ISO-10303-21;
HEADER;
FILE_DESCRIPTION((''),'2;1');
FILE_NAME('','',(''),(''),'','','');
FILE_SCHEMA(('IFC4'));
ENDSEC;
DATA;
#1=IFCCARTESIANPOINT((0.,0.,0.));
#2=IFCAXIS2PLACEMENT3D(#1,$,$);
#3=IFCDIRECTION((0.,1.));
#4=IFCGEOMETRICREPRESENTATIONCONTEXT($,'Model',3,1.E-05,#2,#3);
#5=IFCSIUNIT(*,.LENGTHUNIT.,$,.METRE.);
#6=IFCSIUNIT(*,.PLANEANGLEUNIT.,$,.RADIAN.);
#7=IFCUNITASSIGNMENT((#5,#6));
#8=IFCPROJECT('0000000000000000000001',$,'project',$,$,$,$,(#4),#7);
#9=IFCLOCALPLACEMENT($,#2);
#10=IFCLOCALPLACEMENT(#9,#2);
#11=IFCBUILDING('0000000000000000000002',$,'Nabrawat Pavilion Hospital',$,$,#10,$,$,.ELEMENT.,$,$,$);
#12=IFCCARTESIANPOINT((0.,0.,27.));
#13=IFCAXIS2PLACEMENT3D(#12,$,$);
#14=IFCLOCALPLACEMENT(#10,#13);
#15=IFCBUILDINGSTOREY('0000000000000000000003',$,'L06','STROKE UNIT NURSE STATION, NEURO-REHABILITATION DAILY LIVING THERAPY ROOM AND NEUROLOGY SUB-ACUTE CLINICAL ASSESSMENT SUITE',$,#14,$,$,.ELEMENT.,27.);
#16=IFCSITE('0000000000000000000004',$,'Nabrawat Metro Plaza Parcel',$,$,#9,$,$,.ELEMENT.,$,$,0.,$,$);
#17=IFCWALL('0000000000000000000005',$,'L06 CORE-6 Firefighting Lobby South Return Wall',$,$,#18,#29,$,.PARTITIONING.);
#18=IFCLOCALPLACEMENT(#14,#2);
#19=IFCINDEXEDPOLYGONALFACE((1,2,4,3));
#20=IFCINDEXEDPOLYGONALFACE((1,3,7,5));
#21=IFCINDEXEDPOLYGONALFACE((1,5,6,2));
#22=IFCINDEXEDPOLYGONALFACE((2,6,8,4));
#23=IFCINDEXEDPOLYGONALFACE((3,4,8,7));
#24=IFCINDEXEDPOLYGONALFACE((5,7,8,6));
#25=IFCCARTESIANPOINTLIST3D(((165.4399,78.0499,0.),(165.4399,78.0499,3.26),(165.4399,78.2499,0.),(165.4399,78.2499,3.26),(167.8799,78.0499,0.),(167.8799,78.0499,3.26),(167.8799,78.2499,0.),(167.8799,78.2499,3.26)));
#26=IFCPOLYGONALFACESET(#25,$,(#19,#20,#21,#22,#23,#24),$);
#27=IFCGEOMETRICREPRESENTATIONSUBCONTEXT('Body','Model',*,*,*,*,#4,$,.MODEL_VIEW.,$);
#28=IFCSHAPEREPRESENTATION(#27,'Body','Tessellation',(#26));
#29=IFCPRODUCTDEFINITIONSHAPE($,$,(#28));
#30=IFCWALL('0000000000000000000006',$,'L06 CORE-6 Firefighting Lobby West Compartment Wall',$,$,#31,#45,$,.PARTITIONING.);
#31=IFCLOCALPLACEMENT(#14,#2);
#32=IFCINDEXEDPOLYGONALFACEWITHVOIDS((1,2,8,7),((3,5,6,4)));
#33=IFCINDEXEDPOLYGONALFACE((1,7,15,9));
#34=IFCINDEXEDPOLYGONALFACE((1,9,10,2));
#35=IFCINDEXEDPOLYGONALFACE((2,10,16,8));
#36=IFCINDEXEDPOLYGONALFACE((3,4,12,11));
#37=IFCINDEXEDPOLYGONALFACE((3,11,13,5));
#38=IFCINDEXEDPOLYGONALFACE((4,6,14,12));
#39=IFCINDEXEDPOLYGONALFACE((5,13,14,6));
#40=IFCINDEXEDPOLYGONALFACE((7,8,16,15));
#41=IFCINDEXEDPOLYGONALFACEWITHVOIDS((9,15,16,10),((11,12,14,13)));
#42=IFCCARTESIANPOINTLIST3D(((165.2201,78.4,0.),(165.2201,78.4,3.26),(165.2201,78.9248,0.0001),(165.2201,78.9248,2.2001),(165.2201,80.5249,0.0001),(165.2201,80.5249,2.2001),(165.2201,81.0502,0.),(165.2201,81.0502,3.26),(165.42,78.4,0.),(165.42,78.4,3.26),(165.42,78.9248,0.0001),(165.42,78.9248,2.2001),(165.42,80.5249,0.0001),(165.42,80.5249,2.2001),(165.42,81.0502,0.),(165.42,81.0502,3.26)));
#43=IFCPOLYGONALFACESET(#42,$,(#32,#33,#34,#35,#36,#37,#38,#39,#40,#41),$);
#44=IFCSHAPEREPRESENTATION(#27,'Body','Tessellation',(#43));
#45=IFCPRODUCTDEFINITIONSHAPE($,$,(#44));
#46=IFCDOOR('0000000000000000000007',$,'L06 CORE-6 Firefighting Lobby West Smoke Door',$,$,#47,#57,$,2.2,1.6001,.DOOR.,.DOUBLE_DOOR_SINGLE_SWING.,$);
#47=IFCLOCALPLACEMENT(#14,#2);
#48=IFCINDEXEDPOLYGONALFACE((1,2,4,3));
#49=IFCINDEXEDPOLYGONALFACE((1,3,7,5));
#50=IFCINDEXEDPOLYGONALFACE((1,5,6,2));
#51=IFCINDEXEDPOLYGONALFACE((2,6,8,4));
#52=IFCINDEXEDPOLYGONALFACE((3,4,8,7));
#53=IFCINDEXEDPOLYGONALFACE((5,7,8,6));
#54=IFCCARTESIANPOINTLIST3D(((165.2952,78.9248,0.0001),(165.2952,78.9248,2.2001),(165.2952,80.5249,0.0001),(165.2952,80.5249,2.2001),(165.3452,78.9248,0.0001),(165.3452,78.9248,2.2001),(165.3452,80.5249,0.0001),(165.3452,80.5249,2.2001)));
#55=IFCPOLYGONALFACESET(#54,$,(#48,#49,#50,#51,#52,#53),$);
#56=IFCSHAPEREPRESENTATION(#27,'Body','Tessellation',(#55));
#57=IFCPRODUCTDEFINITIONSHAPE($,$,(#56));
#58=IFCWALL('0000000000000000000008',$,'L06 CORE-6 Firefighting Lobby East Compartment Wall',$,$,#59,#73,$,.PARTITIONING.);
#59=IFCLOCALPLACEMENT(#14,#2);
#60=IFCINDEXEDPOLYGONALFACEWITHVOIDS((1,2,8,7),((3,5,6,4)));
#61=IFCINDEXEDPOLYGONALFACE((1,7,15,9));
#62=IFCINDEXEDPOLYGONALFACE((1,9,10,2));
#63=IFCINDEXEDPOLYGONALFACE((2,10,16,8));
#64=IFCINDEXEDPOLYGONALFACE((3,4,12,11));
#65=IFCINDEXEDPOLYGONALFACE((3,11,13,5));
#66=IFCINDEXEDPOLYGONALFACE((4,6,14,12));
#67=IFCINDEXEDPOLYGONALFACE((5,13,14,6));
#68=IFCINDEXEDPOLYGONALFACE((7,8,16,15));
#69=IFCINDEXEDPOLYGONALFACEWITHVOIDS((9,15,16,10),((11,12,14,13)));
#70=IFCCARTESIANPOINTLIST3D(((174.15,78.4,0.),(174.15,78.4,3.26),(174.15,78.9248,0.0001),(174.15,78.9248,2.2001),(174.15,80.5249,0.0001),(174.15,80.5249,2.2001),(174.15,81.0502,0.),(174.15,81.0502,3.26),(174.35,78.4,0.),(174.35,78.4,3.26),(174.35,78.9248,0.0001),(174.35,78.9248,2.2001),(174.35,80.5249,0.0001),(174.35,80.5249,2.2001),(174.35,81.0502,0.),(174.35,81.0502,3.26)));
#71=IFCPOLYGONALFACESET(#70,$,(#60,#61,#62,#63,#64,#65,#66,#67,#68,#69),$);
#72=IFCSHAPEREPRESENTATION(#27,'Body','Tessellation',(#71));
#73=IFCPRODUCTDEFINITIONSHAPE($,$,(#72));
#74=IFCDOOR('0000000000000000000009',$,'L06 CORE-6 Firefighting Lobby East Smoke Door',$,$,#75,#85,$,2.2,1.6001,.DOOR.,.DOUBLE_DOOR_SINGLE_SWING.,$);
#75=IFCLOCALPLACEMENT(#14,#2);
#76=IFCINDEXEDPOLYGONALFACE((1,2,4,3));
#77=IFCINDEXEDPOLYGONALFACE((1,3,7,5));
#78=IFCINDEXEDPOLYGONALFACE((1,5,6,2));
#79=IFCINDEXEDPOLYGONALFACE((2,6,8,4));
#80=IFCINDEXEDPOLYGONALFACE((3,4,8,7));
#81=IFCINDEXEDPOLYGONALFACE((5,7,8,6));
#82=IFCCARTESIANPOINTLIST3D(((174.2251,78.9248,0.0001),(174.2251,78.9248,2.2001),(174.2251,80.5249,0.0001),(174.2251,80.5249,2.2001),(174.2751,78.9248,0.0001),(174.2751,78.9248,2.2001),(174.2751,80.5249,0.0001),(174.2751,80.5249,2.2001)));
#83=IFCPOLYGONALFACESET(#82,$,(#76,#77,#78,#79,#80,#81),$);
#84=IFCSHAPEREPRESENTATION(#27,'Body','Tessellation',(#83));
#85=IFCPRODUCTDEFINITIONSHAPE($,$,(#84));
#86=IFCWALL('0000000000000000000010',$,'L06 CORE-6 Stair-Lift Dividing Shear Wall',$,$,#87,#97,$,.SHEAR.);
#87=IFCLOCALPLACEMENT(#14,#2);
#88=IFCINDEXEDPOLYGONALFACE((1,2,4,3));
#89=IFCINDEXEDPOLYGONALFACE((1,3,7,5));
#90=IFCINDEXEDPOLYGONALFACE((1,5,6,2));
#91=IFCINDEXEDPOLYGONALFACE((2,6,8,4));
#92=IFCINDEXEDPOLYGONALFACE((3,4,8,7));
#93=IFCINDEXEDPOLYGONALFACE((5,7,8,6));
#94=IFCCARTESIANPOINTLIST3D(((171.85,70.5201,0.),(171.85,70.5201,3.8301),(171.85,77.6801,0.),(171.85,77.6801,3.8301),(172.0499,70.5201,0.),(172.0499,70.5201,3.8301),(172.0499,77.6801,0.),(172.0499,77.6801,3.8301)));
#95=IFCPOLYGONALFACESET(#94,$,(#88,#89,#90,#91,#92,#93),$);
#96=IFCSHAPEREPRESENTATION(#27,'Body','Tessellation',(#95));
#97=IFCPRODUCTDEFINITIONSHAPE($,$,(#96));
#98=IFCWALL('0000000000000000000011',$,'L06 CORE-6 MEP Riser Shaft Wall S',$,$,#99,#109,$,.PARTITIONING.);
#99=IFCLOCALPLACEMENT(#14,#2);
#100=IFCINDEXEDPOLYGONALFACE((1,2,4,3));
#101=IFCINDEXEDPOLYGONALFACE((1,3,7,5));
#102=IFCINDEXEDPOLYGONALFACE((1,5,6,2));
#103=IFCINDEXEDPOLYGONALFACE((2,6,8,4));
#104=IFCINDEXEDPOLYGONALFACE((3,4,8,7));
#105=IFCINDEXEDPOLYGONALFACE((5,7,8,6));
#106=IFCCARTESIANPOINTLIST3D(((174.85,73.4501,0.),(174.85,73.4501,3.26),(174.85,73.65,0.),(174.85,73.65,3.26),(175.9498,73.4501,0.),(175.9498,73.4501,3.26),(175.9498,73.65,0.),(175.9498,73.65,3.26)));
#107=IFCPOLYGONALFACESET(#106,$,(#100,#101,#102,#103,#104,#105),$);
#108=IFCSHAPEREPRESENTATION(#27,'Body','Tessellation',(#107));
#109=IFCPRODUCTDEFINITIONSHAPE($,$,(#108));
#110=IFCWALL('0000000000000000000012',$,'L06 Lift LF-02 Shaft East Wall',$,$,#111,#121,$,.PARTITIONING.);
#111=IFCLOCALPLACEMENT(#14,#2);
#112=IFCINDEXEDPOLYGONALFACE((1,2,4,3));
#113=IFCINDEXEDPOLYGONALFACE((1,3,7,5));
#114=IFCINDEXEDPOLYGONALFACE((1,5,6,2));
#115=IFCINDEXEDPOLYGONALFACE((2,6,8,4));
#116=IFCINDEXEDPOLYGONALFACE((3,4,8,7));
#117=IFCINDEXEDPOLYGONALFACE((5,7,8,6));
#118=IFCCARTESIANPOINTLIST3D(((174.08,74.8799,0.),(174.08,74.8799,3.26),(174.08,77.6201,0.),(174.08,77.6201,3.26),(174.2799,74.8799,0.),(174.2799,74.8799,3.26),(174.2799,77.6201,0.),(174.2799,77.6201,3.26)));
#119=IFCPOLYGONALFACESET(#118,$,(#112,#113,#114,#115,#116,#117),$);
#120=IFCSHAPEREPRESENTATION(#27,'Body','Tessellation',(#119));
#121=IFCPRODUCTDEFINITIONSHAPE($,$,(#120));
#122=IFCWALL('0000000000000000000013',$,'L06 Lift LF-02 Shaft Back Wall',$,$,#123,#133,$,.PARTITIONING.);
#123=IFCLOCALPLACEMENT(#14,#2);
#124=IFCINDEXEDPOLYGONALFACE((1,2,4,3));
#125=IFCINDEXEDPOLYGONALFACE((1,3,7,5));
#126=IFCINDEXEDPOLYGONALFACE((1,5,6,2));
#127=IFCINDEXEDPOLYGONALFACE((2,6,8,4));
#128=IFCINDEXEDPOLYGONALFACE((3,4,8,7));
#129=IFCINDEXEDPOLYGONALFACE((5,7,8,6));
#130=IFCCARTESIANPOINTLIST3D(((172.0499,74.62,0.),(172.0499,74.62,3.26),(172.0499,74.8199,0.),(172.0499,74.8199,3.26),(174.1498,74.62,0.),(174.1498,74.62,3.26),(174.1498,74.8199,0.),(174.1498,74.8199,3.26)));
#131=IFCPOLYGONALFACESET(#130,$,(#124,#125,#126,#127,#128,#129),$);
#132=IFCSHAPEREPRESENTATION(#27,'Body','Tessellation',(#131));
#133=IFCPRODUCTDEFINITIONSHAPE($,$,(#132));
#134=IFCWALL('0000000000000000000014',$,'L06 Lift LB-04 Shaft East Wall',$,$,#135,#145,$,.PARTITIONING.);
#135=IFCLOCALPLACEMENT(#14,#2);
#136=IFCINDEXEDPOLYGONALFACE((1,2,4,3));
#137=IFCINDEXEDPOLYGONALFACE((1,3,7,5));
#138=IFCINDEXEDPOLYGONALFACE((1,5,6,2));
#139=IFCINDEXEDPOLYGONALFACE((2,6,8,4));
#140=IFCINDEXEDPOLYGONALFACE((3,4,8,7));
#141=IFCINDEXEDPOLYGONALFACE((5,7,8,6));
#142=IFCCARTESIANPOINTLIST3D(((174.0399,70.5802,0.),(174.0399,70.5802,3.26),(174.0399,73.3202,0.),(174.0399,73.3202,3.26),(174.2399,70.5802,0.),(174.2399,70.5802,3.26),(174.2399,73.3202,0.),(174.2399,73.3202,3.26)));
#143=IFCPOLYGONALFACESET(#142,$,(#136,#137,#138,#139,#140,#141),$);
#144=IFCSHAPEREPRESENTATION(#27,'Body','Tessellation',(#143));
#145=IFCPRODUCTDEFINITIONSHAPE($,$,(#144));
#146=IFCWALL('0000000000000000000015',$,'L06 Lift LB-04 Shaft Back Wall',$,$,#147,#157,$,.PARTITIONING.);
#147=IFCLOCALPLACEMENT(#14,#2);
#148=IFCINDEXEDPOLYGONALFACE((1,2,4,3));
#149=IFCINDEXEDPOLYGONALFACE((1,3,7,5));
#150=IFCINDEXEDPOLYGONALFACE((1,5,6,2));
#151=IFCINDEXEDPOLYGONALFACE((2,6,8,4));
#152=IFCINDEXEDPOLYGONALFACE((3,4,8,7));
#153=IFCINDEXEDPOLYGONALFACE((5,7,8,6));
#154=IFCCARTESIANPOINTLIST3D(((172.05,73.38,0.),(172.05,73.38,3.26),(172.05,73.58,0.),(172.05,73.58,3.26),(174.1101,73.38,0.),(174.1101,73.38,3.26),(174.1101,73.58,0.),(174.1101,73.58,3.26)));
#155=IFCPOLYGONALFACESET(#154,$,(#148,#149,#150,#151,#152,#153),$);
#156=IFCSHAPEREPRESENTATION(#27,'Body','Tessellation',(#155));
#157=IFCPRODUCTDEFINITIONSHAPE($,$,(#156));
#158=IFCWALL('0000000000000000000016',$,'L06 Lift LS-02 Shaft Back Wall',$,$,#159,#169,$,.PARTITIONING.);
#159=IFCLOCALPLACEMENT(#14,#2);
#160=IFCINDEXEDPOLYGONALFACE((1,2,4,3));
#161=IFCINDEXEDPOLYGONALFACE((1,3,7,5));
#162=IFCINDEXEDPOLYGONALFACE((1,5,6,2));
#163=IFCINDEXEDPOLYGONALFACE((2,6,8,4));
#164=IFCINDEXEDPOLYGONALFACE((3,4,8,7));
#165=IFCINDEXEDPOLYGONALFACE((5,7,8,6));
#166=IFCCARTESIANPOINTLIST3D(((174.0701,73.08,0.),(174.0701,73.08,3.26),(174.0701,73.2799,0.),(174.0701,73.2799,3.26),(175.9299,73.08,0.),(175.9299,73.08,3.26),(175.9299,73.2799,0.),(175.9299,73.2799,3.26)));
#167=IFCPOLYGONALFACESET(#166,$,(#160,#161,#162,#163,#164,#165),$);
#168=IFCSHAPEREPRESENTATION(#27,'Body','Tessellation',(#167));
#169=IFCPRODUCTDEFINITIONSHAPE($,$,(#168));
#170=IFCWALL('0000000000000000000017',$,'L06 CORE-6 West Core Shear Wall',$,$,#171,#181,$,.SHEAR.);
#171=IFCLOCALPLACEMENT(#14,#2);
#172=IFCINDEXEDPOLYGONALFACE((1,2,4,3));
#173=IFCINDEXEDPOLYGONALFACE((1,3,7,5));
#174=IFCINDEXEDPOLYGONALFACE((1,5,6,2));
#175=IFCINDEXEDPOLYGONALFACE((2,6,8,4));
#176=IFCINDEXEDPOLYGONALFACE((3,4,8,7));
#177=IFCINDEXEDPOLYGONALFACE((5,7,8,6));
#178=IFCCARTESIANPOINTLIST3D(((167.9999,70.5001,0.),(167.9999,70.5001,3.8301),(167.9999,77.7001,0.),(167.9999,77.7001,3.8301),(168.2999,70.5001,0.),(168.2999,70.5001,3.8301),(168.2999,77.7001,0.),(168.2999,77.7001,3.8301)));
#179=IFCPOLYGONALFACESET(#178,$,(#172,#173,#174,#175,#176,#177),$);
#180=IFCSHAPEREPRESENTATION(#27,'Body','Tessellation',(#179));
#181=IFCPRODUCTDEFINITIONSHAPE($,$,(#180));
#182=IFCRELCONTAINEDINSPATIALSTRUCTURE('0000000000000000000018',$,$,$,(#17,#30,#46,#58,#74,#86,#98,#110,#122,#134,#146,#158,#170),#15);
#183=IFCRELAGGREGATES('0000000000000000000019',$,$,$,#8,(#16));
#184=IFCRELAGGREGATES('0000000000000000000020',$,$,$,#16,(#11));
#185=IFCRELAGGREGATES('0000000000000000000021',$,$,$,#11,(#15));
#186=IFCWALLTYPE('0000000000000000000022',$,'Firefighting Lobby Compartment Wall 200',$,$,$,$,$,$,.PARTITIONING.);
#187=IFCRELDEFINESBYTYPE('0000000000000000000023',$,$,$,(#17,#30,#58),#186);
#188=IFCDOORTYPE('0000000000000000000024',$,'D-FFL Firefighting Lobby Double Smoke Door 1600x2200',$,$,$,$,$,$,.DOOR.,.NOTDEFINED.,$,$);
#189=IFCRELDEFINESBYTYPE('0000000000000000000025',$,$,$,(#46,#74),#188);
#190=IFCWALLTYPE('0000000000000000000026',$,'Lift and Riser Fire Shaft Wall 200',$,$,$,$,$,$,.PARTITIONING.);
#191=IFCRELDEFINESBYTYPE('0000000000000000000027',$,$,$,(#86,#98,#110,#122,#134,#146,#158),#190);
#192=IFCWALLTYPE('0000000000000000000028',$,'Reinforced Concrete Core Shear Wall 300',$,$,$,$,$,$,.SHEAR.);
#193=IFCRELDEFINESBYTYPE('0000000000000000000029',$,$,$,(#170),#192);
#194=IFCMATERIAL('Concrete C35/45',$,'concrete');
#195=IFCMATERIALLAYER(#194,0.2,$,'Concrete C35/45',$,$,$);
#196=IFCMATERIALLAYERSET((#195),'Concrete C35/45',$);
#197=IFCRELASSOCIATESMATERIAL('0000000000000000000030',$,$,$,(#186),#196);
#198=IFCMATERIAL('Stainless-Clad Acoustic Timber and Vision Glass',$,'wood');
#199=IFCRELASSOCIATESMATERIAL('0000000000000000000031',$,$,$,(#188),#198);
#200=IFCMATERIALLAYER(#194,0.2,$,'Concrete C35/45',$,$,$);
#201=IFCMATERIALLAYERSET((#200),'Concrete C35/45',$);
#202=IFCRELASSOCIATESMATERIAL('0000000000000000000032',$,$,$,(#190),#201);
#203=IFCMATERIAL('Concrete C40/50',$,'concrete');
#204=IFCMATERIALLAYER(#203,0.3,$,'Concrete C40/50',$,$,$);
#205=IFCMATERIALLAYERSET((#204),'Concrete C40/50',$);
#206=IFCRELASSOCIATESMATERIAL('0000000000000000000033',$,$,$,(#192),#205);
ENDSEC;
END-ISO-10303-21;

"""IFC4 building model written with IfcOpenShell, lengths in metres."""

from ifc_helpers import new_model, si_unit, direction, frame, frame_2d, origin, place, context, subcontext, project, spatial, rectangle, extrude, material, layer, layer_set, type_object, element, fill, save


model = new_model("IFC4")

# Units and contexts
model_context = context("Model", 3, precision=1e-05, world=origin(), true_north=direction((0.0, 1.0)))
body_context = subcontext(model_context, "Body", "Model", "MODEL_VIEW")
ifc_project = project(units=[si_unit("LENGTHUNIT", "METRE"), si_unit("PLANEANGLEUNIT", "RADIAN")], contexts=[model_context])

# Site, building, storey
site_placement = place(None, origin())
site = spatial("IfcSite", under=ifc_project, at=site_placement, Name="Nabrawat Metro Plaza Parcel", CompositionType="ELEMENT", RefElevation=0.0)
building_placement = place(site_placement, origin())
building = spatial("IfcBuilding", under=site, at=building_placement, Name="Nabrawat Pavilion Hospital", CompositionType="ELEMENT")
storey_placement = place(building_placement, frame((0.0, 0.0, 27.0)))
storey = spatial("IfcBuildingStorey", under=building, at=storey_placement, Name="L06", Description="STROKE UNIT NURSE STATION, NEURO-REHABILITATION DAILY LIVING THERAPY ROOM AND NEUROLOGY SUB-ACUTE CLINICAL ASSESSMENT SUITE", CompositionType="ELEMENT", Elevation=27.0)

# Wall
ifc_material_1 = material(Name="Concrete C35/45", Category="concrete")
ifc_layer_1 = layer(ifc_material_1, 0.2, Name="Concrete C35/45")
ifc_layer_set_1 = layer_set([ifc_layer_1], Name="Concrete C35/45")
wall_type_1 = type_object("IfcWallType", Name="Firefighting Lobby Compartment Wall 200", PredefinedType="PARTITIONING", material=ifc_layer_set_1)
wall_1_placement = place(storey_placement, frame((165.4399, 78.1499, 0.0), z_axis=(0.0, 0.0, 1.0), x_axis=(1.0, 0.0, 0.0)))
element("IfcWall", 1, at=wall_1_placement, inside=storey, type_object=wall_type_1, Name="L06 CORE-6 Firefighting Lobby South Return Wall", PredefinedType="PARTITIONING", context=body_context, shape_type="SweptSolid", body=[
    extrude(rectangle(XDim=2.4399, YDim=0.2, at=frame_2d((1.22, 0.0))), origin(), (0.0, 0.0, 1.0), 3.26),
])

# Walls, openings, doors
wall_2_placement = place(storey_placement, frame((165.3201, 78.3999, 0.0), z_axis=(0.0, 0.0, 1.0), x_axis=(0.0, 1.0, 0.0)))
wall_2 = element("IfcWall", 2, at=wall_2_placement, inside=storey, type_object=wall_type_1, Name="L06 CORE-6 Firefighting Lobby West Compartment Wall", PredefinedType="PARTITIONING", context=body_context, shape_type="SweptSolid", body=[
    extrude(rectangle(XDim=2.6501, YDim=0.2, at=frame_2d((1.3252, 0.0))), origin(), (0.0, 0.0, 1.0), 3.26),
])
opening_1_placement = place(wall_2_placement, frame((0.5249, 0.0, 0.0)))
opening_1 = element("IfcOpeningElement", 3, at=opening_1_placement, cuts=wall_2, PredefinedType="OPENING", context=body_context, shape_type="SweptSolid", body=[
    extrude(rectangle(XDim=1.6001, YDim=2.2, at=frame_2d((0.8, 1.1001))), frame((0.0, 0.1099, 0.0), z_axis=(0.0, -1.0, 0.0), x_axis=(1.0, 0.0, 0.0)), (0.0, 0.0, 1.0), 0.22),
])
ifc_material_2 = material(Name="Stainless-Clad Acoustic Timber and Vision Glass", Category="wood")
door_type_1 = type_object("IfcDoorType", Name="D-FFL Firefighting Lobby Double Smoke Door 1600x2200", OperationType="NOTDEFINED", PredefinedType="DOOR", material=ifc_material_2)
door_1_placement = place(opening_1_placement, origin())
door_1 = element("IfcDoor", 4, at=door_1_placement, inside=storey, type_object=door_type_1, Name="L06 CORE-6 Firefighting Lobby West Smoke Door", OperationType="DOUBLE_DOOR_SINGLE_SWING", OverallHeight=2.2, OverallWidth=1.6001, PredefinedType="DOOR", context=body_context, shape_type="SweptSolid", body=[
    extrude(rectangle(XDim=1.6001, YDim=2.2, at=frame_2d((0.8, 1.1001))), frame((0.0, 0.0249, 0.0), z_axis=(0.0, -1.0, 0.0), x_axis=(1.0, 0.0, 0.0)), (0.0, 0.0, 1.0), 0.05),
])
fill(opening_1, door_1)
wall_3_placement = place(storey_placement, frame((174.25, 78.3999, 0.0), z_axis=(0.0, 0.0, 1.0), x_axis=(0.0, 1.0, 0.0)))
wall_3 = element("IfcWall", 5, at=wall_3_placement, inside=storey, type_object=wall_type_1, Name="L06 CORE-6 Firefighting Lobby East Compartment Wall", PredefinedType="PARTITIONING", context=body_context, shape_type="SweptSolid", body=[
    extrude(rectangle(XDim=2.6501, YDim=0.2, at=frame_2d((1.3252, 0.0))), origin(), (0.0, 0.0, 1.0), 3.26),
])
opening_2_placement = place(wall_3_placement, frame((0.5249, 0.0, 0.0)))
opening_2 = element("IfcOpeningElement", 6, at=opening_2_placement, cuts=wall_3, PredefinedType="OPENING", context=body_context, shape_type="SweptSolid", body=[
    extrude(rectangle(XDim=1.6001, YDim=2.2, at=frame_2d((0.8, 1.1001))), frame((0.0, 0.1099, 0.0), z_axis=(0.0, -1.0, 0.0), x_axis=(1.0, 0.0, 0.0)), (0.0, 0.0, 1.0), 0.22),
])
door_2_placement = place(opening_2_placement, origin())
door_2 = element("IfcDoor", 7, at=door_2_placement, inside=storey, type_object=door_type_1, Name="L06 CORE-6 Firefighting Lobby East Smoke Door", OperationType="DOUBLE_DOOR_SINGLE_SWING", OverallHeight=2.2, OverallWidth=1.6001, PredefinedType="DOOR", context=body_context, shape_type="SweptSolid", body=[
    extrude(rectangle(XDim=1.6001, YDim=2.2, at=frame_2d((0.8, 1.1001))), frame((0.0, 0.0249, 0.0), z_axis=(0.0, -1.0, 0.0), x_axis=(1.0, 0.0, 0.0)), (0.0, 0.0, 1.0), 0.05),
])
fill(opening_2, door_2)

# Walls
ifc_layer_2 = layer(ifc_material_1, 0.2, Name="Concrete C35/45")
ifc_layer_set_2 = layer_set([ifc_layer_2], Name="Concrete C35/45")
wall_type_2 = type_object("IfcWallType", Name="Lift and Riser Fire Shaft Wall 200", PredefinedType="PARTITIONING", material=ifc_layer_set_2)
wall_4_placement = place(storey_placement, frame((171.95, 70.52, 0.0), z_axis=(0.0, 0.0, 1.0), x_axis=(0.0, 1.0, 0.0)))
element("IfcWall", 8, at=wall_4_placement, inside=storey, type_object=wall_type_2, Name="L06 CORE-6 Stair-Lift Dividing Shear Wall", PredefinedType="SHEAR", context=body_context, shape_type="SweptSolid", body=[
    extrude(rectangle(XDim=7.1599, YDim=0.2, at=frame_2d((3.5801, 0.0))), origin(), (0.0, 0.0, 1.0), 3.8301),
])
wall_5_placement = place(storey_placement, frame((174.8501, 73.55, 0.0), z_axis=(0.0, 0.0, 1.0), x_axis=(1.0, 0.0, 0.0)))
element("IfcWall", 9, at=wall_5_placement, inside=storey, type_object=wall_type_2, Name="L06 CORE-6 MEP Riser Shaft Wall S", PredefinedType="PARTITIONING", context=body_context, shape_type="SweptSolid", body=[
    extrude(rectangle(XDim=1.0999, YDim=0.2, at=frame_2d((0.5498, 0.0))), origin(), (0.0, 0.0, 1.0), 3.26),
])
wall_6_placement = place(storey_placement, frame((174.1799, 74.8799, 0.0), z_axis=(0.0, 0.0, 1.0), x_axis=(0.0, 1.0, 0.0)))
element("IfcWall", 10, at=wall_6_placement, inside=storey, type_object=wall_type_2, Name="L06 Lift LF-02 Shaft East Wall", PredefinedType="PARTITIONING", context=body_context, shape_type="SweptSolid", body=[
    extrude(rectangle(XDim=2.7402, YDim=0.2, at=frame_2d((1.3701, 0.0))), origin(), (0.0, 0.0, 1.0), 3.26),
])
wall_7_placement = place(storey_placement, frame((172.05, 74.72, 0.0), z_axis=(0.0, 0.0, 1.0), x_axis=(1.0, 0.0, 0.0)))
element("IfcWall", 11, at=wall_7_placement, inside=storey, type_object=wall_type_2, Name="L06 Lift LF-02 Shaft Back Wall", PredefinedType="PARTITIONING", context=body_context, shape_type="SweptSolid", body=[
    extrude(rectangle(XDim=2.0999, YDim=0.2, at=frame_2d((1.0498, 0.0))), origin(), (0.0, 0.0, 1.0), 3.26),
])
wall_8_placement = place(storey_placement, frame((174.1399, 70.5801, 0.0), z_axis=(0.0, 0.0, 1.0), x_axis=(0.0, 1.0, 0.0)))
element("IfcWall", 12, at=wall_8_placement, inside=storey, type_object=wall_type_2, Name="L06 Lift LB-04 Shaft East Wall", PredefinedType="PARTITIONING", context=body_context, shape_type="SweptSolid", body=[
    extrude(rectangle(XDim=2.74, YDim=0.2, at=frame_2d((1.3701, 0.0))), origin(), (0.0, 0.0, 1.0), 3.26),
])
wall_9_placement = place(storey_placement, frame((172.05, 73.48, 0.0), z_axis=(0.0, 0.0, 1.0), x_axis=(1.0, 0.0, 0.0)))
element("IfcWall", 13, at=wall_9_placement, inside=storey, type_object=wall_type_2, Name="L06 Lift LB-04 Shaft Back Wall", PredefinedType="PARTITIONING", context=body_context, shape_type="SweptSolid", body=[
    extrude(rectangle(XDim=2.0601, YDim=0.2, at=frame_2d((1.03, 0.0))), origin(), (0.0, 0.0, 1.0), 3.26),
])
wall_10_placement = place(storey_placement, frame((174.0701, 73.1799, 0.0), z_axis=(0.0, 0.0, 1.0), x_axis=(1.0, 0.0, 0.0)))
element("IfcWall", 14, at=wall_10_placement, inside=storey, type_object=wall_type_2, Name="L06 Lift LS-02 Shaft Back Wall", PredefinedType="PARTITIONING", context=body_context, shape_type="SweptSolid", body=[
    extrude(rectangle(XDim=1.8599, YDim=0.2, at=frame_2d((0.9299, 0.0))), origin(), (0.0, 0.0, 1.0), 3.26),
])

# Shared definitions
ifc_material_3 = material(Name="Concrete C40/50", Category="concrete")
ifc_layer_3 = layer(ifc_material_3, 0.3, Name="Concrete C40/50")
ifc_layer_set_3 = layer_set([ifc_layer_3], Name="Concrete C40/50")
wall_type_3 = type_object("IfcWallType", Name="Reinforced Concrete Core Shear Wall 300", PredefinedType="SHEAR", material=ifc_layer_set_3)

# Wall
wall_11_placement = place(storey_placement, frame((168.1499, 70.5, 0.0), z_axis=(0.0, 0.0, 1.0), x_axis=(0.0, 1.0, 0.0)))
element("IfcWall", 15, at=wall_11_placement, inside=storey, type_object=wall_type_3, Name="L06 CORE-6 West Core Shear Wall", PredefinedType="SHEAR", context=body_context, shape_type="SweptSolid", body=[
    extrude(rectangle(XDim=7.2, YDim=0.3, at=frame_2d((3.6001, 0.0))), origin(), (0.0, 0.0, 1.0), 3.8301),
])

save(model, "model.ifc")
